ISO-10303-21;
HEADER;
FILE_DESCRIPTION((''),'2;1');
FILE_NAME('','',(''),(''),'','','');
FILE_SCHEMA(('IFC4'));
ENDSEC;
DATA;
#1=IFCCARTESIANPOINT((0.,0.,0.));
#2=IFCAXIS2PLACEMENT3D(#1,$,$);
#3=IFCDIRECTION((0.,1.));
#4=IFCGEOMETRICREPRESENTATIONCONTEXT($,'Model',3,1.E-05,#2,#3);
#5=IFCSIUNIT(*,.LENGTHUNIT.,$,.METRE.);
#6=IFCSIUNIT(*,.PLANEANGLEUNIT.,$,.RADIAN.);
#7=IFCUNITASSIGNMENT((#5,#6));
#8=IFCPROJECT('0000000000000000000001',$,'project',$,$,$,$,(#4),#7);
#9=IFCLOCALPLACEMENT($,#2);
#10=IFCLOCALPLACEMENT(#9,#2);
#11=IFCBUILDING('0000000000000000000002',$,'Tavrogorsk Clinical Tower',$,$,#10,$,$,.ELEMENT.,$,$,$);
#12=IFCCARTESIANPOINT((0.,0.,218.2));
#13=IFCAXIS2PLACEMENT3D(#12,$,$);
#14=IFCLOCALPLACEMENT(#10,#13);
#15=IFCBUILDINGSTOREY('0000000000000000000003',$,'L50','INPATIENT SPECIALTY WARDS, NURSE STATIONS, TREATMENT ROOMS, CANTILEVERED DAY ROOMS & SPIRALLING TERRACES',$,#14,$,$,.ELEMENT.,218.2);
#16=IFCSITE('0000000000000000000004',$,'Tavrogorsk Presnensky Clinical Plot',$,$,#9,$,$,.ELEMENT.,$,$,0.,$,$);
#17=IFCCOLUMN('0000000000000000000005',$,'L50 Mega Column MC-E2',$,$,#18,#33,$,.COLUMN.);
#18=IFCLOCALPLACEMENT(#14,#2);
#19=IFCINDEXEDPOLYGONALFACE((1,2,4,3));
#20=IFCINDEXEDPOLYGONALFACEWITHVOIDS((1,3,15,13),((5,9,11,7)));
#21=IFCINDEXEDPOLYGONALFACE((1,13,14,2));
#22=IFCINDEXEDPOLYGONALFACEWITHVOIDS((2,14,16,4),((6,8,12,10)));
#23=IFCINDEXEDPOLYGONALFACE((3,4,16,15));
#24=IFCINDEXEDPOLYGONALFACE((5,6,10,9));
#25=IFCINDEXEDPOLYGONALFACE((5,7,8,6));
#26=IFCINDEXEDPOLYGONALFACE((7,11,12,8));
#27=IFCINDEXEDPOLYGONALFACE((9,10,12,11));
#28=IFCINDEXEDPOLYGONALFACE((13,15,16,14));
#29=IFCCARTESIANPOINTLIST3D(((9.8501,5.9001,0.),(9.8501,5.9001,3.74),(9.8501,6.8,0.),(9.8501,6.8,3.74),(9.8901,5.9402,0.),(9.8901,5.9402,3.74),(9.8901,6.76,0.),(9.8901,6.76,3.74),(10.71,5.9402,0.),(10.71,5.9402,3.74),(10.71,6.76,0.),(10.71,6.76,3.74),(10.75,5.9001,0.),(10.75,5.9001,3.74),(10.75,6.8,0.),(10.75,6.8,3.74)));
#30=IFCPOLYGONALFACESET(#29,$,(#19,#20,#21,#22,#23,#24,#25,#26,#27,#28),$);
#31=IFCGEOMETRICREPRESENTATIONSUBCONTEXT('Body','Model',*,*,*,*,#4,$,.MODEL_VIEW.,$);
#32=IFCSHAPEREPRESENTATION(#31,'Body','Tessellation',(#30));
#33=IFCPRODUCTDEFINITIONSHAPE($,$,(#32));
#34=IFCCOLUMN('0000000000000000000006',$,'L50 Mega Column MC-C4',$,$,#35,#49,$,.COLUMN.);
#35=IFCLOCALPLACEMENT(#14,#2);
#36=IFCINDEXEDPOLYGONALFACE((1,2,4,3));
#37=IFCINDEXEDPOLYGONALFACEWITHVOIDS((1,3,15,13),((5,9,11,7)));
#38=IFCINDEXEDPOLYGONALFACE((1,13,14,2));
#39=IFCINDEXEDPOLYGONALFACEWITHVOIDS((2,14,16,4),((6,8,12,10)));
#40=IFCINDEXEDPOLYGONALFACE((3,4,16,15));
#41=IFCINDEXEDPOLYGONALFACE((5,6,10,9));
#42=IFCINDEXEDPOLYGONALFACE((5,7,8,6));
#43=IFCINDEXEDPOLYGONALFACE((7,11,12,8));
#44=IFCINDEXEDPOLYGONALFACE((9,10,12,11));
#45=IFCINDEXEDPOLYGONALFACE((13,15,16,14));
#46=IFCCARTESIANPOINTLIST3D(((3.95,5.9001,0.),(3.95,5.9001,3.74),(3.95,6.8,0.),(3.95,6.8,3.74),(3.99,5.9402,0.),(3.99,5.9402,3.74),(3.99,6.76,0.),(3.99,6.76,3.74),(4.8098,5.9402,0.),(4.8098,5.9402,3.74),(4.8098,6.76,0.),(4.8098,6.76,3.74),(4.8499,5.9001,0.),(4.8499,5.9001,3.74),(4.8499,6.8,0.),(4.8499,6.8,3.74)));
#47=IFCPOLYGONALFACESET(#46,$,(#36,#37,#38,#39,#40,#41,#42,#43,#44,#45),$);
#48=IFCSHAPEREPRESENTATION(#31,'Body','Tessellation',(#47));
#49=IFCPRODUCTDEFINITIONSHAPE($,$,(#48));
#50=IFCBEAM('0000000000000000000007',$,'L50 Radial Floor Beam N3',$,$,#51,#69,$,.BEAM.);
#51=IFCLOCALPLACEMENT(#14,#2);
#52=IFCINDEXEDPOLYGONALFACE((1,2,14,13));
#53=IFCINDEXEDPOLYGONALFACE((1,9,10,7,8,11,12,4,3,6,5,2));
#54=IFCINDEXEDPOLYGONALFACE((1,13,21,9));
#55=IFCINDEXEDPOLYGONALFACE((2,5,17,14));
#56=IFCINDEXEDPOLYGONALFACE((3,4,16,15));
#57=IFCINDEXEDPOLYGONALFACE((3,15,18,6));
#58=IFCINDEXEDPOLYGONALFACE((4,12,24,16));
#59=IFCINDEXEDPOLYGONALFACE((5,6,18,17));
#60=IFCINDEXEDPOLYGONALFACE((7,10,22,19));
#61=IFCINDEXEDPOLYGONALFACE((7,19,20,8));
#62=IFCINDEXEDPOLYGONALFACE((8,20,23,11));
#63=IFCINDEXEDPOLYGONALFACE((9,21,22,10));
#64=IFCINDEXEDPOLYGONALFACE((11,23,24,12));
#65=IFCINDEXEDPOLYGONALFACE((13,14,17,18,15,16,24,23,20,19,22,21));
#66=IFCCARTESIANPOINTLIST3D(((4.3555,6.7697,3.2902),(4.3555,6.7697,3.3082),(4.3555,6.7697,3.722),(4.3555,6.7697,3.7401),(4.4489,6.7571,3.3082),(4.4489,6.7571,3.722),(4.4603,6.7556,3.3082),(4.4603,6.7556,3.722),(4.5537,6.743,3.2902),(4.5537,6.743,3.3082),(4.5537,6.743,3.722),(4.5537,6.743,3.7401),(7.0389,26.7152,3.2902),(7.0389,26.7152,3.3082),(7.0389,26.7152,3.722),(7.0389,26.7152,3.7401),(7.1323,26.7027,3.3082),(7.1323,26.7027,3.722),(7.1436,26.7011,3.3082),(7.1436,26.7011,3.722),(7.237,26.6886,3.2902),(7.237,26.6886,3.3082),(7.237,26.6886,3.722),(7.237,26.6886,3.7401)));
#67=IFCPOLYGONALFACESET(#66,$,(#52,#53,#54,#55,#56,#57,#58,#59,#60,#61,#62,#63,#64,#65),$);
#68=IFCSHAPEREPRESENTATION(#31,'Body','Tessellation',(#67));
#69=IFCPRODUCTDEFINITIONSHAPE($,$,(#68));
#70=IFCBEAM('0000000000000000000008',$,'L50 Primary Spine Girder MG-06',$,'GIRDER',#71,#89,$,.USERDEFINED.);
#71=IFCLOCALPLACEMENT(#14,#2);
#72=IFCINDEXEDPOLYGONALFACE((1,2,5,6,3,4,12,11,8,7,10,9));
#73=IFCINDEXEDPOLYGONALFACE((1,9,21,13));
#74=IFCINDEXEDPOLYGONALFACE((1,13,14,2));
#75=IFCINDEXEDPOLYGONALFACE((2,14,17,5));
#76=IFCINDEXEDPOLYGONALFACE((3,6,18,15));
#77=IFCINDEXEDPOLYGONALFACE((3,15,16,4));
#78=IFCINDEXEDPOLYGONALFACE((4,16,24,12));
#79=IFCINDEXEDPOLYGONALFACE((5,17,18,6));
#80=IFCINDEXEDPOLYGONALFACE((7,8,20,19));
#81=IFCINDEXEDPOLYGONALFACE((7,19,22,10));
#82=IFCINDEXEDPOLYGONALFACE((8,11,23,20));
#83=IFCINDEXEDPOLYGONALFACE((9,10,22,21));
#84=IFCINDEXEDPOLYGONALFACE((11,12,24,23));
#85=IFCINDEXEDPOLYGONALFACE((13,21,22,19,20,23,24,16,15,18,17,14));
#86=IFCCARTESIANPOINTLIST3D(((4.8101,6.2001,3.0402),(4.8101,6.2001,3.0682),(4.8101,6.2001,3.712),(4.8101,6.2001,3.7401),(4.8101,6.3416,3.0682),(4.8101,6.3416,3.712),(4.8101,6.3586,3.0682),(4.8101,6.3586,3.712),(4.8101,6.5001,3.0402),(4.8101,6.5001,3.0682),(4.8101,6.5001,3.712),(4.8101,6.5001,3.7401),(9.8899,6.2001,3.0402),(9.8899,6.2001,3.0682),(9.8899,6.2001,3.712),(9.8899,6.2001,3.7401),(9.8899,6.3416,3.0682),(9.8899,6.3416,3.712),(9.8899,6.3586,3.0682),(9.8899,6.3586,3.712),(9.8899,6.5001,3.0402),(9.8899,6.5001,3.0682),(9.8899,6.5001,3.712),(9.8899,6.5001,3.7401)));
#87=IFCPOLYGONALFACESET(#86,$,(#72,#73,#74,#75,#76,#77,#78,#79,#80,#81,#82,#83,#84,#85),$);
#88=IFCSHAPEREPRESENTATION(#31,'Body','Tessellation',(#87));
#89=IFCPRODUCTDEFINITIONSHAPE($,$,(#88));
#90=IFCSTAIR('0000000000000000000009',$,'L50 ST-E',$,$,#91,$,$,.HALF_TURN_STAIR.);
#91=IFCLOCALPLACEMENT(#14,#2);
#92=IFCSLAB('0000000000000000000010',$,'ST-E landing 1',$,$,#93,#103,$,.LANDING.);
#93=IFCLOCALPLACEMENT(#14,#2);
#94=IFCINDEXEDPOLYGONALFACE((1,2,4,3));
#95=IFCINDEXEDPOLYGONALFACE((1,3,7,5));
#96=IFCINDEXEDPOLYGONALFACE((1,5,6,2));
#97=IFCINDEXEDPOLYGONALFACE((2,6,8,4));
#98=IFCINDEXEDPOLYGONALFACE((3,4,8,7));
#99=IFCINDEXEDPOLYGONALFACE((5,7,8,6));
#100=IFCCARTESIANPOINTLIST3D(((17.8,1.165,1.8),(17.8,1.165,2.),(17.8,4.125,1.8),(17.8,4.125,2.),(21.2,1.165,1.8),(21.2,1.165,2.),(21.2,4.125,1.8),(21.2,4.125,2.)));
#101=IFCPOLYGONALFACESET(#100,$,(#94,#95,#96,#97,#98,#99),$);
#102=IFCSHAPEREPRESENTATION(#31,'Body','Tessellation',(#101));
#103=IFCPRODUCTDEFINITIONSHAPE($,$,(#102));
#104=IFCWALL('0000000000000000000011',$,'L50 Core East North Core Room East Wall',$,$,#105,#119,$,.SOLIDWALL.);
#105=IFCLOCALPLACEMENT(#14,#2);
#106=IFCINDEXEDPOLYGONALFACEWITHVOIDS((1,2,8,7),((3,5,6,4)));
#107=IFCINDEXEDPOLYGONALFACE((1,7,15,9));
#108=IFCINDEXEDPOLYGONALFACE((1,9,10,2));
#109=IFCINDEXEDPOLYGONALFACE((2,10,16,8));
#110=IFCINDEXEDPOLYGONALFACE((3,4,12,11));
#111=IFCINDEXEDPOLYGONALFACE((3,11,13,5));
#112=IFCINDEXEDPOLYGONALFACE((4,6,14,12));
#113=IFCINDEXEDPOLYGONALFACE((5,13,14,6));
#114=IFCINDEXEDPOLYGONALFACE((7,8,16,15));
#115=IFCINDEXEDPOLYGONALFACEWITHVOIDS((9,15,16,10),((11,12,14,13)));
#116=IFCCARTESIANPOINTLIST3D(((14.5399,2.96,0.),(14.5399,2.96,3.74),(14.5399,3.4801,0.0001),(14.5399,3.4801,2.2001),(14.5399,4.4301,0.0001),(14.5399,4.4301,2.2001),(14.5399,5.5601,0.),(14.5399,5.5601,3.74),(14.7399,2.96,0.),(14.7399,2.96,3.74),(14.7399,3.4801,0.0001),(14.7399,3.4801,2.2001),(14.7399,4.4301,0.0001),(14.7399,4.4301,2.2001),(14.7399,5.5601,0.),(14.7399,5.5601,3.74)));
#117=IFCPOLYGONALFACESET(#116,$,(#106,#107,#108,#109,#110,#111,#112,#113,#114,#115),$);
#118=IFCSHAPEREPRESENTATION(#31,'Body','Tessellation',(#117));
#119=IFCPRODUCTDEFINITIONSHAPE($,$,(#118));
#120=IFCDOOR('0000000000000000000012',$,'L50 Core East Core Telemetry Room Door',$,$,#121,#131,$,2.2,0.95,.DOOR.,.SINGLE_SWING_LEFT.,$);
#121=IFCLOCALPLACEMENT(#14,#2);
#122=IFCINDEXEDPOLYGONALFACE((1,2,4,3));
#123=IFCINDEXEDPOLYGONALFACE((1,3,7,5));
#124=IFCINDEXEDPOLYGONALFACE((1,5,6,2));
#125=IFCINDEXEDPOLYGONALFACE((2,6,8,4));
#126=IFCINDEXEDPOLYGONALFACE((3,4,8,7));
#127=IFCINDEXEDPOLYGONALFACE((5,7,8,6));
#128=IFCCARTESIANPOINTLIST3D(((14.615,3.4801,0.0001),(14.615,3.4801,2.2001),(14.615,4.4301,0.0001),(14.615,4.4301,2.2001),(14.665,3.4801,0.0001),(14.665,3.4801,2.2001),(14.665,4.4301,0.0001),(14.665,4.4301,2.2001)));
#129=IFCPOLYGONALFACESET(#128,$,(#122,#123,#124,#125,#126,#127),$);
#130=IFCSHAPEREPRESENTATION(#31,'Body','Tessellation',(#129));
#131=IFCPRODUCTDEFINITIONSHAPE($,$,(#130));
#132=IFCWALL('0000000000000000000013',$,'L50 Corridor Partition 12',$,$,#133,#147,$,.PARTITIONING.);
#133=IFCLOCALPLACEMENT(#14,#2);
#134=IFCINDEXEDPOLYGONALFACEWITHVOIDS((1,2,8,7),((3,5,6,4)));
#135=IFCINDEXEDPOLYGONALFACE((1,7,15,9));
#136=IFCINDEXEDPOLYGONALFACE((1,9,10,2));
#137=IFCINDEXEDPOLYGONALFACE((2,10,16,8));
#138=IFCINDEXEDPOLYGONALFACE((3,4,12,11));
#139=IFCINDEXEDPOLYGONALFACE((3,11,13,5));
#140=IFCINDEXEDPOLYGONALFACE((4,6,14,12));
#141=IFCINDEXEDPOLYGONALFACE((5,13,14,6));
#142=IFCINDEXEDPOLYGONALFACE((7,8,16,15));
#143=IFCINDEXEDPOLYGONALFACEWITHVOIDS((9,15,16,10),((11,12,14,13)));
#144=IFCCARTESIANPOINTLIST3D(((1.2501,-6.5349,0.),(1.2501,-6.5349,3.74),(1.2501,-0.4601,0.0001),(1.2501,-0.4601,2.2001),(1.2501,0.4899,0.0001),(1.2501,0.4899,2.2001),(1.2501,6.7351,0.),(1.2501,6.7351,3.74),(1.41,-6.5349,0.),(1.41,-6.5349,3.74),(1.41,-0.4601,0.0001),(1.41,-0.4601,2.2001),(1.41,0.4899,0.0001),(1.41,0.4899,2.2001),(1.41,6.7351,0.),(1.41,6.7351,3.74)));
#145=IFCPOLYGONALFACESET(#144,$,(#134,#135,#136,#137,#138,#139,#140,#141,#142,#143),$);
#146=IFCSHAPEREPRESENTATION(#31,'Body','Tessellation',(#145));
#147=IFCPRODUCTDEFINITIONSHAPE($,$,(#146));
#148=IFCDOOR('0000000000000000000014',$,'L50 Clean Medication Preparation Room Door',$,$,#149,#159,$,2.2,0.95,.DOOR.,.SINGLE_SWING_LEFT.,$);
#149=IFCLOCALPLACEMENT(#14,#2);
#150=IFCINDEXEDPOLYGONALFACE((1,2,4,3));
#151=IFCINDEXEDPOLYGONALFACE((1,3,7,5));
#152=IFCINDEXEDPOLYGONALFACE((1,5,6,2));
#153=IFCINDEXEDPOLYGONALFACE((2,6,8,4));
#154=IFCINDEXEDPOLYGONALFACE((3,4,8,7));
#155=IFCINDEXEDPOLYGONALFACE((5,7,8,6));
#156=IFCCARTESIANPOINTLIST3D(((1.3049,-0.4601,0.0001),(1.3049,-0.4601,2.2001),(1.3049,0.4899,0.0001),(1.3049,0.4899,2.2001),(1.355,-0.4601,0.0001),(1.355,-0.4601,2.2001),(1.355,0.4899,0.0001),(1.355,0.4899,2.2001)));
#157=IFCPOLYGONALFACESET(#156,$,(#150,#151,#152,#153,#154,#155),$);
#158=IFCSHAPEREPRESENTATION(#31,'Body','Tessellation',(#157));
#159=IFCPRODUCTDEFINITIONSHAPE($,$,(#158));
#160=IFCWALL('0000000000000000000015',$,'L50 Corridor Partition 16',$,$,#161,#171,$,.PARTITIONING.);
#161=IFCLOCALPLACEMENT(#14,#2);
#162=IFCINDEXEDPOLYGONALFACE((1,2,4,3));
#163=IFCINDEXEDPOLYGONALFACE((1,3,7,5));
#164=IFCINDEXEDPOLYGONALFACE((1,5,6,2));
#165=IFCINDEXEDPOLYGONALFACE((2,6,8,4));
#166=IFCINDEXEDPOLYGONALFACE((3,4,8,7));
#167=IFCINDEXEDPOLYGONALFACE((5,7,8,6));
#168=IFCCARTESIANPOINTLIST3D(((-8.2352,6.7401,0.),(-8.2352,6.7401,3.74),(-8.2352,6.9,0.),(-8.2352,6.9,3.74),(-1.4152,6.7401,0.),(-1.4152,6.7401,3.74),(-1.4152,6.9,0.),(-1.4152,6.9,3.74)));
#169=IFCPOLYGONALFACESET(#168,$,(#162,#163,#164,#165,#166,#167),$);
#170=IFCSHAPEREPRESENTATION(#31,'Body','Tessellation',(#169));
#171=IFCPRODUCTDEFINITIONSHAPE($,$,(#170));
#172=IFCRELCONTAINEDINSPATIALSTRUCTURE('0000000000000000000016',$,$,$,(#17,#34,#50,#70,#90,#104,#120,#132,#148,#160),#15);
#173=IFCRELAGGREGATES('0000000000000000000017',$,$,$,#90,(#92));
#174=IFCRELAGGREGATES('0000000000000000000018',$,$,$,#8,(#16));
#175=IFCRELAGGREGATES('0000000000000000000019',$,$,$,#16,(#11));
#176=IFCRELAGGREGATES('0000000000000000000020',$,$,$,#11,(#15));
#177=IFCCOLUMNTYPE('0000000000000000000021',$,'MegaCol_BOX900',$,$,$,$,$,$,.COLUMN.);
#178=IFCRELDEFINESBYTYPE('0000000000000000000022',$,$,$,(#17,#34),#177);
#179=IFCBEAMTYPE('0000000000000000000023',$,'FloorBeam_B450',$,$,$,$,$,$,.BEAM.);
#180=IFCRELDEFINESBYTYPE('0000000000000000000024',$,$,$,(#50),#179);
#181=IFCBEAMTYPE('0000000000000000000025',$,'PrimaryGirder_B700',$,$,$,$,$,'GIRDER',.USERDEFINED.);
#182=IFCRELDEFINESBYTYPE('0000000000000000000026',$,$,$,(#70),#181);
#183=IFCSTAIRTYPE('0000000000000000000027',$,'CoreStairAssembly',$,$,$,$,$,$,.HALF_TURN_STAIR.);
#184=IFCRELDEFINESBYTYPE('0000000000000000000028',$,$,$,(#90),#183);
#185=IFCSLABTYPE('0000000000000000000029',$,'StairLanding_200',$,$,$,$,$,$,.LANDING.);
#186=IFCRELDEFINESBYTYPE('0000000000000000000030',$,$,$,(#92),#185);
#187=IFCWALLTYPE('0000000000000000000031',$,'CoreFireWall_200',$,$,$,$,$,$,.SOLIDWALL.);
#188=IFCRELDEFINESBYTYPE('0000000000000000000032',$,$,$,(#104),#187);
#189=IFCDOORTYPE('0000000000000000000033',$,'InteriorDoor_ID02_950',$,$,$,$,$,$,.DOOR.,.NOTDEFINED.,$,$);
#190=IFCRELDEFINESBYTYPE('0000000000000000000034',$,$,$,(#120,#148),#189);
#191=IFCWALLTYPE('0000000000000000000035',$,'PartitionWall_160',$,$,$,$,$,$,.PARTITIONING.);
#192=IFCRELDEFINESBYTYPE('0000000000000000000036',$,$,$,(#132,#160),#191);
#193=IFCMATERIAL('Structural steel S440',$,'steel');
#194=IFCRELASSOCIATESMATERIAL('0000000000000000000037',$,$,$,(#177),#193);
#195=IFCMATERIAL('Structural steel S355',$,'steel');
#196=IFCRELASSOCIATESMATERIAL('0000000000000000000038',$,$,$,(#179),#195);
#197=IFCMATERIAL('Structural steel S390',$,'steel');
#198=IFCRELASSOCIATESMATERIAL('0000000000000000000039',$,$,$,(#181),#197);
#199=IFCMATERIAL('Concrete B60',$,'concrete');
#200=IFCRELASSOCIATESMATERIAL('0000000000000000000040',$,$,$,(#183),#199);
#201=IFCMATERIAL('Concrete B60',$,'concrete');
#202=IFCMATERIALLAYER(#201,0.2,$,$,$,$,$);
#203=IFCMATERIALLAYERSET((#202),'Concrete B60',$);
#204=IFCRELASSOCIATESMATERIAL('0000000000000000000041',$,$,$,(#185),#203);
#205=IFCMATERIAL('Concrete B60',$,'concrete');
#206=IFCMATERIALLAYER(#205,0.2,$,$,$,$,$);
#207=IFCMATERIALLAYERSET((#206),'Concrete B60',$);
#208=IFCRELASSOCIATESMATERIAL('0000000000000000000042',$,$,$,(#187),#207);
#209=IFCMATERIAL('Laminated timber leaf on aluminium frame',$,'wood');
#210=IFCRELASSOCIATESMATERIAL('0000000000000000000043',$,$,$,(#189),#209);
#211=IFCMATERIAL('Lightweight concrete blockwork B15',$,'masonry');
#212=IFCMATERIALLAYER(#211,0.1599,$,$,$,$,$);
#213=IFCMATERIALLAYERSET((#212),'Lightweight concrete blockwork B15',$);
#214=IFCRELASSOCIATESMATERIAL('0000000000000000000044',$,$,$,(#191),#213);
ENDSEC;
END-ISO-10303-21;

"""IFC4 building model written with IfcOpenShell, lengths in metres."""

from ifc_helpers import new_model, si_unit, direction, frame, frame_2d, origin, origin_2d, place, context, subcontext, project, spatial, polyline, rectangle, hollow_rectangle, i_section, outline, extrude, material, layer, layer_set, material_profile, profile_set, type_object, element, fill, aggregate, save


model = new_model("IFC4")

# Units and contexts
model_context = context("Model", 3, precision=1e-05, world=origin(), true_north=direction((0.0, 1.0)))
body_context = subcontext(model_context, "Body", "Model", "MODEL_VIEW")
ifc_project = project(units=[si_unit("LENGTHUNIT", "METRE"), si_unit("PLANEANGLEUNIT", "RADIAN")], contexts=[model_context])

# Site, building, storey
site_placement = place(None, origin())
site = spatial("IfcSite", under=ifc_project, at=site_placement, Name="Tavrogorsk Presnensky Clinical Plot", CompositionType="ELEMENT", RefElevation=0.0)
building_placement = place(site_placement, origin())
building = spatial("IfcBuilding", under=site, at=building_placement, Name="Tavrogorsk Clinical Tower", CompositionType="ELEMENT")
storey_placement = place(building_placement, frame((0.0, 0.0, 218.2)))
storey = spatial("IfcBuildingStorey", under=building, at=storey_placement, Name="L50", Description="INPATIENT SPECIALTY WARDS, NURSE STATIONS, TREATMENT ROOMS, CANTILEVERED DAY ROOMS & SPIRALLING TERRACES", CompositionType="ELEMENT", Elevation=218.2)

# Columns
ifc_material_1 = material(Name="Structural steel S440", Category="steel")
ifc_material_profile_1 = material_profile(ifc_material_1, hollow_rectangle(XDim=0.8999, YDim=0.8999, WallThickness=0.04, at=origin_2d()), Name="BOX-900x900x40")
ifc_profile_set_1 = profile_set([ifc_material_profile_1], Name="Structural steel S440")
column_type = type_object("IfcColumnType", Name="MegaCol_BOX900", PredefinedType="COLUMN", material=ifc_profile_set_1)
for number, where, z_axis, x_axis, name in (
    (1, (10.3, 6.3501, 0.0), (0.0, 0.0, 1.0), (1.0, 0.0, 0.0), "L50 Mega Column MC-E2"),
    (2, (4.3999, 6.3501, 0.0), (0.0, 0.0, 1.0), (1.0, 0.0, 0.0), "L50 Mega Column MC-C4"),
):
    element("IfcColumn", number, at=place(storey_placement, frame(where, z_axis=z_axis, x_axis=x_axis)), inside=storey, type_object=column_type, Name=name, PredefinedType="COLUMN", context=body_context, shape_type="SweptSolid", body=[
        extrude(hollow_rectangle(XDim=0.8999, YDim=0.8999, WallThickness=0.04, at=origin_2d()), origin(), (0.0, 0.0, 1.0), 3.74),
    ])

# Beams
ifc_material_2 = material(Name="Structural steel S355", Category="steel")
ifc_material_profile_2 = material_profile(ifc_material_2, i_section(OverallWidth=0.2, OverallDepth=0.45, WebThickness=0.0115, FlangeThickness=0.0181, at=origin_2d()), Name="B-450x200x11.5x18")
ifc_profile_set_2 = profile_set([ifc_material_profile_2], Name="Structural steel S355")
beam_type_1 = type_object("IfcBeamType", Name="FloorBeam_B450", PredefinedType="BEAM", material=ifc_profile_set_2)
beam_1_placement = place(storey_placement, frame((4.4546, 6.7563, 3.5151), z_axis=(0.133333, 0.991071, 0.0), x_axis=(-0.991071, 0.133333, 0.0)))
element("IfcBeam", 3, at=beam_1_placement, inside=storey, type_object=beam_type_1, Name="L50 Radial Floor Beam N3", PredefinedType="BEAM", context=body_context, shape_type="SweptSolid", body=[
    extrude(i_section(OverallWidth=0.2, OverallDepth=0.45, WebThickness=0.0115, FlangeThickness=0.0181, at=origin_2d()), origin(), (0.0, 0.0, 1.0), 20.1252),
])
ifc_material_3 = material(Name="Structural steel S390", Category="steel")
ifc_material_profile_3 = material_profile(ifc_material_3, i_section(OverallWidth=0.3, OverallDepth=0.7, WebThickness=0.0171, FlangeThickness=0.0281, at=origin_2d()), Name="B-700x300x17x28")
ifc_profile_set_3 = profile_set([ifc_material_profile_3], Name="Structural steel S390")
beam_type_2 = type_object("IfcBeamType", Name="PrimaryGirder_B700", ElementType="GIRDER", PredefinedType="USERDEFINED", material=ifc_profile_set_3)
beam_2_placement = place(storey_placement, frame((4.8101, 6.3501, 3.3901), z_axis=(1.0, 0.0, 0.0), x_axis=(0.0, 1.0, 0.0)))
element("IfcBeam", 4, at=beam_2_placement, inside=storey, type_object=beam_type_2, Name="L50 Primary Spine Girder MG-06", ObjectType="GIRDER", PredefinedType="USERDEFINED", context=body_context, shape_type="SweptSolid", body=[
    extrude(i_section(OverallWidth=0.3, OverallDepth=0.7, WebThickness=0.0171, FlangeThickness=0.0281, at=origin_2d()), origin(), (0.0, 0.0, 1.0), 5.0798),
])

# Stair, slab
ifc_material_4 = material(Name="Concrete B60", Category="concrete")
stair_type = type_object("IfcStairType", Name="CoreStairAssembly", PredefinedType="HALF_TURN_STAIR", material=ifc_material_4)
stair_placement = place(storey_placement, origin())
stair = element("IfcStair", 5, at=stair_placement, inside=storey, type_object=stair_type, Name="L50 ST-E", PredefinedType="HALF_TURN_STAIR")
ifc_material_5 = material(Name="Concrete B60", Category="concrete")
ifc_layer_1 = layer(ifc_material_5, 0.2)
ifc_layer_set_1 = layer_set([ifc_layer_1], Name="Concrete B60")
slab_type = type_object("IfcSlabType", Name="StairLanding_200", PredefinedType="LANDING", material=ifc_layer_set_1)
slab_placement = place(storey_placement, frame((0.0, 0.0, 1.8)))
slab = element("IfcSlab", 6, at=slab_placement, type_object=slab_type, Name="ST-E landing 1", PredefinedType="LANDING", context=body_context, shape_type="SweptSolid", body=[
    extrude(outline(polyline([(21.2, 1.165), (21.2, 4.125), (17.8, 4.125), (17.8, 1.165), (21.2, 1.165)])), origin(), (0.0, 0.0, 1.0), 0.2),
])
aggregate(stair, [slab])

# Walls, openings, doors
ifc_material_6 = material(Name="Concrete B60", Category="concrete")
ifc_layer_2 = layer(ifc_material_6, 0.2)
ifc_layer_set_2 = layer_set([ifc_layer_2], Name="Concrete B60")
wall_type_1 = type_object("IfcWallType", Name="CoreFireWall_200", PredefinedType="SOLIDWALL", material=ifc_layer_set_2)
wall_1_placement = place(storey_placement, frame((14.6399, 2.96, 0.0), z_axis=(0.0, 0.0, 1.0), x_axis=(0.0, 1.0, 0.0)))
wall_1 = element("IfcWall", 7, at=wall_1_placement, inside=storey, type_object=wall_type_1, Name="L50 Core East North Core Room East Wall", PredefinedType="SOLIDWALL", context=body_context, shape_type="SweptSolid", body=[
    extrude(rectangle(XDim=2.6001, YDim=0.2, at=frame_2d((1.3, 0.0))), origin(), (0.0, 0.0, 1.0), 3.74),
])
opening_1_placement = place(wall_1_placement, frame((0.52, 0.0, 0.0)))
opening_1 = element("IfcOpeningElement", 8, at=opening_1_placement, cuts=wall_1, PredefinedType="OPENING", context=body_context, shape_type="SweptSolid", body=[
    extrude(rectangle(XDim=0.95, YDim=2.2, at=frame_2d((0.4751, 1.1001))), frame((0.0, 0.1099, 0.0), z_axis=(0.0, -1.0, 0.0), x_axis=(1.0, 0.0, 0.0)), (0.0, 0.0, 1.0), 0.22),
])
ifc_material_7 = material(Name="Laminated timber leaf on aluminium frame", Category="wood")
door_type_1 = type_object("IfcDoorType", Name="InteriorDoor_ID02_950", OperationType="NOTDEFINED", PredefinedType="DOOR", material=ifc_material_7)
door_1_placement = place(opening_1_placement, origin())
door_1 = element("IfcDoor", 9, at=door_1_placement, inside=storey, type_object=door_type_1, Name="L50 Core East Core Telemetry Room Door", OperationType="SINGLE_SWING_LEFT", OverallHeight=2.2, OverallWidth=0.95, PredefinedType="DOOR", context=body_context, shape_type="SweptSolid", body=[
    extrude(rectangle(XDim=0.95, YDim=2.2, at=frame_2d((0.4751, 1.1001))), frame((0.0, 0.0249, 0.0), z_axis=(0.0, -1.0, 0.0), x_axis=(1.0, 0.0, 0.0)), (0.0, 0.0, 1.0), 0.05),
])
fill(opening_1, door_1)
ifc_material_8 = material(Name="Lightweight concrete blockwork B15", Category="masonry")
ifc_layer_3 = layer(ifc_material_8, 0.1599)
ifc_layer_set_3 = layer_set([ifc_layer_3], Name="Lightweight concrete blockwork B15")
wall_type_2 = type_object("IfcWallType", Name="PartitionWall_160", PredefinedType="PARTITIONING", material=ifc_layer_set_3)
wall_2_placement = place(storey_placement, frame((1.3301, 6.7351, 0.0), z_axis=(0.0, 0.0, 1.0), x_axis=(0.0, -1.0, 0.0)))
wall_2 = element("IfcWall", 10, at=wall_2_placement, inside=storey, type_object=wall_type_2, Name="L50 Corridor Partition 12", PredefinedType="PARTITIONING", context=body_context, shape_type="SweptSolid", body=[
    extrude(rectangle(XDim=13.27, YDim=0.1599, at=frame_2d((6.635, 0.0))), origin(), (0.0, 0.0, 1.0), 3.74),
])
opening_2_placement = place(wall_2_placement, frame((6.2451, 0.0, 0.0)))
opening_2 = element("IfcOpeningElement", 11, at=opening_2_placement, cuts=wall_2, PredefinedType="OPENING", context=body_context, shape_type="SweptSolid", body=[
    extrude(rectangle(XDim=0.95, YDim=2.2, at=frame_2d((0.4751, 1.1001))), frame((0.0, 0.0898, 0.0), z_axis=(0.0, -1.0, 0.0), x_axis=(1.0, 0.0, 0.0)), (0.0, 0.0, 1.0), 0.1799),
])
door_2_placement = place(opening_2_placement, origin())
door_2 = element("IfcDoor", 12, at=door_2_placement, inside=storey, type_object=door_type_1, Name="L50 Clean Medication Preparation Room Door", OperationType="SINGLE_SWING_LEFT", OverallHeight=2.2, OverallWidth=0.95, PredefinedType="DOOR", context=body_context, shape_type="SweptSolid", body=[
    extrude(rectangle(XDim=0.95, YDim=2.2, at=frame_2d((0.4751, 1.1001))), frame((0.0, 0.0249, 0.0), z_axis=(0.0, -1.0, 0.0), x_axis=(1.0, 0.0, 0.0)), (0.0, 0.0, 1.0), 0.05),
])
fill(opening_2, door_2)

# Wall
wall_3_placement = place(storey_placement, frame((-1.415, 6.8201, 0.0), z_axis=(0.0, 0.0, 1.0), x_axis=(-1.0, 0.0, 0.0)))
element("IfcWall", 13, at=wall_3_placement, inside=storey, type_object=wall_type_2, Name="L50 Corridor Partition 16", PredefinedType="PARTITIONING", context=body_context, shape_type="SweptSolid", body=[
    extrude(rectangle(XDim=6.8201, YDim=0.1599, at=frame_2d((3.4102, 0.0))), origin(), (0.0, 0.0, 1.0), 3.74),
])

save(model, "model.ifc")
